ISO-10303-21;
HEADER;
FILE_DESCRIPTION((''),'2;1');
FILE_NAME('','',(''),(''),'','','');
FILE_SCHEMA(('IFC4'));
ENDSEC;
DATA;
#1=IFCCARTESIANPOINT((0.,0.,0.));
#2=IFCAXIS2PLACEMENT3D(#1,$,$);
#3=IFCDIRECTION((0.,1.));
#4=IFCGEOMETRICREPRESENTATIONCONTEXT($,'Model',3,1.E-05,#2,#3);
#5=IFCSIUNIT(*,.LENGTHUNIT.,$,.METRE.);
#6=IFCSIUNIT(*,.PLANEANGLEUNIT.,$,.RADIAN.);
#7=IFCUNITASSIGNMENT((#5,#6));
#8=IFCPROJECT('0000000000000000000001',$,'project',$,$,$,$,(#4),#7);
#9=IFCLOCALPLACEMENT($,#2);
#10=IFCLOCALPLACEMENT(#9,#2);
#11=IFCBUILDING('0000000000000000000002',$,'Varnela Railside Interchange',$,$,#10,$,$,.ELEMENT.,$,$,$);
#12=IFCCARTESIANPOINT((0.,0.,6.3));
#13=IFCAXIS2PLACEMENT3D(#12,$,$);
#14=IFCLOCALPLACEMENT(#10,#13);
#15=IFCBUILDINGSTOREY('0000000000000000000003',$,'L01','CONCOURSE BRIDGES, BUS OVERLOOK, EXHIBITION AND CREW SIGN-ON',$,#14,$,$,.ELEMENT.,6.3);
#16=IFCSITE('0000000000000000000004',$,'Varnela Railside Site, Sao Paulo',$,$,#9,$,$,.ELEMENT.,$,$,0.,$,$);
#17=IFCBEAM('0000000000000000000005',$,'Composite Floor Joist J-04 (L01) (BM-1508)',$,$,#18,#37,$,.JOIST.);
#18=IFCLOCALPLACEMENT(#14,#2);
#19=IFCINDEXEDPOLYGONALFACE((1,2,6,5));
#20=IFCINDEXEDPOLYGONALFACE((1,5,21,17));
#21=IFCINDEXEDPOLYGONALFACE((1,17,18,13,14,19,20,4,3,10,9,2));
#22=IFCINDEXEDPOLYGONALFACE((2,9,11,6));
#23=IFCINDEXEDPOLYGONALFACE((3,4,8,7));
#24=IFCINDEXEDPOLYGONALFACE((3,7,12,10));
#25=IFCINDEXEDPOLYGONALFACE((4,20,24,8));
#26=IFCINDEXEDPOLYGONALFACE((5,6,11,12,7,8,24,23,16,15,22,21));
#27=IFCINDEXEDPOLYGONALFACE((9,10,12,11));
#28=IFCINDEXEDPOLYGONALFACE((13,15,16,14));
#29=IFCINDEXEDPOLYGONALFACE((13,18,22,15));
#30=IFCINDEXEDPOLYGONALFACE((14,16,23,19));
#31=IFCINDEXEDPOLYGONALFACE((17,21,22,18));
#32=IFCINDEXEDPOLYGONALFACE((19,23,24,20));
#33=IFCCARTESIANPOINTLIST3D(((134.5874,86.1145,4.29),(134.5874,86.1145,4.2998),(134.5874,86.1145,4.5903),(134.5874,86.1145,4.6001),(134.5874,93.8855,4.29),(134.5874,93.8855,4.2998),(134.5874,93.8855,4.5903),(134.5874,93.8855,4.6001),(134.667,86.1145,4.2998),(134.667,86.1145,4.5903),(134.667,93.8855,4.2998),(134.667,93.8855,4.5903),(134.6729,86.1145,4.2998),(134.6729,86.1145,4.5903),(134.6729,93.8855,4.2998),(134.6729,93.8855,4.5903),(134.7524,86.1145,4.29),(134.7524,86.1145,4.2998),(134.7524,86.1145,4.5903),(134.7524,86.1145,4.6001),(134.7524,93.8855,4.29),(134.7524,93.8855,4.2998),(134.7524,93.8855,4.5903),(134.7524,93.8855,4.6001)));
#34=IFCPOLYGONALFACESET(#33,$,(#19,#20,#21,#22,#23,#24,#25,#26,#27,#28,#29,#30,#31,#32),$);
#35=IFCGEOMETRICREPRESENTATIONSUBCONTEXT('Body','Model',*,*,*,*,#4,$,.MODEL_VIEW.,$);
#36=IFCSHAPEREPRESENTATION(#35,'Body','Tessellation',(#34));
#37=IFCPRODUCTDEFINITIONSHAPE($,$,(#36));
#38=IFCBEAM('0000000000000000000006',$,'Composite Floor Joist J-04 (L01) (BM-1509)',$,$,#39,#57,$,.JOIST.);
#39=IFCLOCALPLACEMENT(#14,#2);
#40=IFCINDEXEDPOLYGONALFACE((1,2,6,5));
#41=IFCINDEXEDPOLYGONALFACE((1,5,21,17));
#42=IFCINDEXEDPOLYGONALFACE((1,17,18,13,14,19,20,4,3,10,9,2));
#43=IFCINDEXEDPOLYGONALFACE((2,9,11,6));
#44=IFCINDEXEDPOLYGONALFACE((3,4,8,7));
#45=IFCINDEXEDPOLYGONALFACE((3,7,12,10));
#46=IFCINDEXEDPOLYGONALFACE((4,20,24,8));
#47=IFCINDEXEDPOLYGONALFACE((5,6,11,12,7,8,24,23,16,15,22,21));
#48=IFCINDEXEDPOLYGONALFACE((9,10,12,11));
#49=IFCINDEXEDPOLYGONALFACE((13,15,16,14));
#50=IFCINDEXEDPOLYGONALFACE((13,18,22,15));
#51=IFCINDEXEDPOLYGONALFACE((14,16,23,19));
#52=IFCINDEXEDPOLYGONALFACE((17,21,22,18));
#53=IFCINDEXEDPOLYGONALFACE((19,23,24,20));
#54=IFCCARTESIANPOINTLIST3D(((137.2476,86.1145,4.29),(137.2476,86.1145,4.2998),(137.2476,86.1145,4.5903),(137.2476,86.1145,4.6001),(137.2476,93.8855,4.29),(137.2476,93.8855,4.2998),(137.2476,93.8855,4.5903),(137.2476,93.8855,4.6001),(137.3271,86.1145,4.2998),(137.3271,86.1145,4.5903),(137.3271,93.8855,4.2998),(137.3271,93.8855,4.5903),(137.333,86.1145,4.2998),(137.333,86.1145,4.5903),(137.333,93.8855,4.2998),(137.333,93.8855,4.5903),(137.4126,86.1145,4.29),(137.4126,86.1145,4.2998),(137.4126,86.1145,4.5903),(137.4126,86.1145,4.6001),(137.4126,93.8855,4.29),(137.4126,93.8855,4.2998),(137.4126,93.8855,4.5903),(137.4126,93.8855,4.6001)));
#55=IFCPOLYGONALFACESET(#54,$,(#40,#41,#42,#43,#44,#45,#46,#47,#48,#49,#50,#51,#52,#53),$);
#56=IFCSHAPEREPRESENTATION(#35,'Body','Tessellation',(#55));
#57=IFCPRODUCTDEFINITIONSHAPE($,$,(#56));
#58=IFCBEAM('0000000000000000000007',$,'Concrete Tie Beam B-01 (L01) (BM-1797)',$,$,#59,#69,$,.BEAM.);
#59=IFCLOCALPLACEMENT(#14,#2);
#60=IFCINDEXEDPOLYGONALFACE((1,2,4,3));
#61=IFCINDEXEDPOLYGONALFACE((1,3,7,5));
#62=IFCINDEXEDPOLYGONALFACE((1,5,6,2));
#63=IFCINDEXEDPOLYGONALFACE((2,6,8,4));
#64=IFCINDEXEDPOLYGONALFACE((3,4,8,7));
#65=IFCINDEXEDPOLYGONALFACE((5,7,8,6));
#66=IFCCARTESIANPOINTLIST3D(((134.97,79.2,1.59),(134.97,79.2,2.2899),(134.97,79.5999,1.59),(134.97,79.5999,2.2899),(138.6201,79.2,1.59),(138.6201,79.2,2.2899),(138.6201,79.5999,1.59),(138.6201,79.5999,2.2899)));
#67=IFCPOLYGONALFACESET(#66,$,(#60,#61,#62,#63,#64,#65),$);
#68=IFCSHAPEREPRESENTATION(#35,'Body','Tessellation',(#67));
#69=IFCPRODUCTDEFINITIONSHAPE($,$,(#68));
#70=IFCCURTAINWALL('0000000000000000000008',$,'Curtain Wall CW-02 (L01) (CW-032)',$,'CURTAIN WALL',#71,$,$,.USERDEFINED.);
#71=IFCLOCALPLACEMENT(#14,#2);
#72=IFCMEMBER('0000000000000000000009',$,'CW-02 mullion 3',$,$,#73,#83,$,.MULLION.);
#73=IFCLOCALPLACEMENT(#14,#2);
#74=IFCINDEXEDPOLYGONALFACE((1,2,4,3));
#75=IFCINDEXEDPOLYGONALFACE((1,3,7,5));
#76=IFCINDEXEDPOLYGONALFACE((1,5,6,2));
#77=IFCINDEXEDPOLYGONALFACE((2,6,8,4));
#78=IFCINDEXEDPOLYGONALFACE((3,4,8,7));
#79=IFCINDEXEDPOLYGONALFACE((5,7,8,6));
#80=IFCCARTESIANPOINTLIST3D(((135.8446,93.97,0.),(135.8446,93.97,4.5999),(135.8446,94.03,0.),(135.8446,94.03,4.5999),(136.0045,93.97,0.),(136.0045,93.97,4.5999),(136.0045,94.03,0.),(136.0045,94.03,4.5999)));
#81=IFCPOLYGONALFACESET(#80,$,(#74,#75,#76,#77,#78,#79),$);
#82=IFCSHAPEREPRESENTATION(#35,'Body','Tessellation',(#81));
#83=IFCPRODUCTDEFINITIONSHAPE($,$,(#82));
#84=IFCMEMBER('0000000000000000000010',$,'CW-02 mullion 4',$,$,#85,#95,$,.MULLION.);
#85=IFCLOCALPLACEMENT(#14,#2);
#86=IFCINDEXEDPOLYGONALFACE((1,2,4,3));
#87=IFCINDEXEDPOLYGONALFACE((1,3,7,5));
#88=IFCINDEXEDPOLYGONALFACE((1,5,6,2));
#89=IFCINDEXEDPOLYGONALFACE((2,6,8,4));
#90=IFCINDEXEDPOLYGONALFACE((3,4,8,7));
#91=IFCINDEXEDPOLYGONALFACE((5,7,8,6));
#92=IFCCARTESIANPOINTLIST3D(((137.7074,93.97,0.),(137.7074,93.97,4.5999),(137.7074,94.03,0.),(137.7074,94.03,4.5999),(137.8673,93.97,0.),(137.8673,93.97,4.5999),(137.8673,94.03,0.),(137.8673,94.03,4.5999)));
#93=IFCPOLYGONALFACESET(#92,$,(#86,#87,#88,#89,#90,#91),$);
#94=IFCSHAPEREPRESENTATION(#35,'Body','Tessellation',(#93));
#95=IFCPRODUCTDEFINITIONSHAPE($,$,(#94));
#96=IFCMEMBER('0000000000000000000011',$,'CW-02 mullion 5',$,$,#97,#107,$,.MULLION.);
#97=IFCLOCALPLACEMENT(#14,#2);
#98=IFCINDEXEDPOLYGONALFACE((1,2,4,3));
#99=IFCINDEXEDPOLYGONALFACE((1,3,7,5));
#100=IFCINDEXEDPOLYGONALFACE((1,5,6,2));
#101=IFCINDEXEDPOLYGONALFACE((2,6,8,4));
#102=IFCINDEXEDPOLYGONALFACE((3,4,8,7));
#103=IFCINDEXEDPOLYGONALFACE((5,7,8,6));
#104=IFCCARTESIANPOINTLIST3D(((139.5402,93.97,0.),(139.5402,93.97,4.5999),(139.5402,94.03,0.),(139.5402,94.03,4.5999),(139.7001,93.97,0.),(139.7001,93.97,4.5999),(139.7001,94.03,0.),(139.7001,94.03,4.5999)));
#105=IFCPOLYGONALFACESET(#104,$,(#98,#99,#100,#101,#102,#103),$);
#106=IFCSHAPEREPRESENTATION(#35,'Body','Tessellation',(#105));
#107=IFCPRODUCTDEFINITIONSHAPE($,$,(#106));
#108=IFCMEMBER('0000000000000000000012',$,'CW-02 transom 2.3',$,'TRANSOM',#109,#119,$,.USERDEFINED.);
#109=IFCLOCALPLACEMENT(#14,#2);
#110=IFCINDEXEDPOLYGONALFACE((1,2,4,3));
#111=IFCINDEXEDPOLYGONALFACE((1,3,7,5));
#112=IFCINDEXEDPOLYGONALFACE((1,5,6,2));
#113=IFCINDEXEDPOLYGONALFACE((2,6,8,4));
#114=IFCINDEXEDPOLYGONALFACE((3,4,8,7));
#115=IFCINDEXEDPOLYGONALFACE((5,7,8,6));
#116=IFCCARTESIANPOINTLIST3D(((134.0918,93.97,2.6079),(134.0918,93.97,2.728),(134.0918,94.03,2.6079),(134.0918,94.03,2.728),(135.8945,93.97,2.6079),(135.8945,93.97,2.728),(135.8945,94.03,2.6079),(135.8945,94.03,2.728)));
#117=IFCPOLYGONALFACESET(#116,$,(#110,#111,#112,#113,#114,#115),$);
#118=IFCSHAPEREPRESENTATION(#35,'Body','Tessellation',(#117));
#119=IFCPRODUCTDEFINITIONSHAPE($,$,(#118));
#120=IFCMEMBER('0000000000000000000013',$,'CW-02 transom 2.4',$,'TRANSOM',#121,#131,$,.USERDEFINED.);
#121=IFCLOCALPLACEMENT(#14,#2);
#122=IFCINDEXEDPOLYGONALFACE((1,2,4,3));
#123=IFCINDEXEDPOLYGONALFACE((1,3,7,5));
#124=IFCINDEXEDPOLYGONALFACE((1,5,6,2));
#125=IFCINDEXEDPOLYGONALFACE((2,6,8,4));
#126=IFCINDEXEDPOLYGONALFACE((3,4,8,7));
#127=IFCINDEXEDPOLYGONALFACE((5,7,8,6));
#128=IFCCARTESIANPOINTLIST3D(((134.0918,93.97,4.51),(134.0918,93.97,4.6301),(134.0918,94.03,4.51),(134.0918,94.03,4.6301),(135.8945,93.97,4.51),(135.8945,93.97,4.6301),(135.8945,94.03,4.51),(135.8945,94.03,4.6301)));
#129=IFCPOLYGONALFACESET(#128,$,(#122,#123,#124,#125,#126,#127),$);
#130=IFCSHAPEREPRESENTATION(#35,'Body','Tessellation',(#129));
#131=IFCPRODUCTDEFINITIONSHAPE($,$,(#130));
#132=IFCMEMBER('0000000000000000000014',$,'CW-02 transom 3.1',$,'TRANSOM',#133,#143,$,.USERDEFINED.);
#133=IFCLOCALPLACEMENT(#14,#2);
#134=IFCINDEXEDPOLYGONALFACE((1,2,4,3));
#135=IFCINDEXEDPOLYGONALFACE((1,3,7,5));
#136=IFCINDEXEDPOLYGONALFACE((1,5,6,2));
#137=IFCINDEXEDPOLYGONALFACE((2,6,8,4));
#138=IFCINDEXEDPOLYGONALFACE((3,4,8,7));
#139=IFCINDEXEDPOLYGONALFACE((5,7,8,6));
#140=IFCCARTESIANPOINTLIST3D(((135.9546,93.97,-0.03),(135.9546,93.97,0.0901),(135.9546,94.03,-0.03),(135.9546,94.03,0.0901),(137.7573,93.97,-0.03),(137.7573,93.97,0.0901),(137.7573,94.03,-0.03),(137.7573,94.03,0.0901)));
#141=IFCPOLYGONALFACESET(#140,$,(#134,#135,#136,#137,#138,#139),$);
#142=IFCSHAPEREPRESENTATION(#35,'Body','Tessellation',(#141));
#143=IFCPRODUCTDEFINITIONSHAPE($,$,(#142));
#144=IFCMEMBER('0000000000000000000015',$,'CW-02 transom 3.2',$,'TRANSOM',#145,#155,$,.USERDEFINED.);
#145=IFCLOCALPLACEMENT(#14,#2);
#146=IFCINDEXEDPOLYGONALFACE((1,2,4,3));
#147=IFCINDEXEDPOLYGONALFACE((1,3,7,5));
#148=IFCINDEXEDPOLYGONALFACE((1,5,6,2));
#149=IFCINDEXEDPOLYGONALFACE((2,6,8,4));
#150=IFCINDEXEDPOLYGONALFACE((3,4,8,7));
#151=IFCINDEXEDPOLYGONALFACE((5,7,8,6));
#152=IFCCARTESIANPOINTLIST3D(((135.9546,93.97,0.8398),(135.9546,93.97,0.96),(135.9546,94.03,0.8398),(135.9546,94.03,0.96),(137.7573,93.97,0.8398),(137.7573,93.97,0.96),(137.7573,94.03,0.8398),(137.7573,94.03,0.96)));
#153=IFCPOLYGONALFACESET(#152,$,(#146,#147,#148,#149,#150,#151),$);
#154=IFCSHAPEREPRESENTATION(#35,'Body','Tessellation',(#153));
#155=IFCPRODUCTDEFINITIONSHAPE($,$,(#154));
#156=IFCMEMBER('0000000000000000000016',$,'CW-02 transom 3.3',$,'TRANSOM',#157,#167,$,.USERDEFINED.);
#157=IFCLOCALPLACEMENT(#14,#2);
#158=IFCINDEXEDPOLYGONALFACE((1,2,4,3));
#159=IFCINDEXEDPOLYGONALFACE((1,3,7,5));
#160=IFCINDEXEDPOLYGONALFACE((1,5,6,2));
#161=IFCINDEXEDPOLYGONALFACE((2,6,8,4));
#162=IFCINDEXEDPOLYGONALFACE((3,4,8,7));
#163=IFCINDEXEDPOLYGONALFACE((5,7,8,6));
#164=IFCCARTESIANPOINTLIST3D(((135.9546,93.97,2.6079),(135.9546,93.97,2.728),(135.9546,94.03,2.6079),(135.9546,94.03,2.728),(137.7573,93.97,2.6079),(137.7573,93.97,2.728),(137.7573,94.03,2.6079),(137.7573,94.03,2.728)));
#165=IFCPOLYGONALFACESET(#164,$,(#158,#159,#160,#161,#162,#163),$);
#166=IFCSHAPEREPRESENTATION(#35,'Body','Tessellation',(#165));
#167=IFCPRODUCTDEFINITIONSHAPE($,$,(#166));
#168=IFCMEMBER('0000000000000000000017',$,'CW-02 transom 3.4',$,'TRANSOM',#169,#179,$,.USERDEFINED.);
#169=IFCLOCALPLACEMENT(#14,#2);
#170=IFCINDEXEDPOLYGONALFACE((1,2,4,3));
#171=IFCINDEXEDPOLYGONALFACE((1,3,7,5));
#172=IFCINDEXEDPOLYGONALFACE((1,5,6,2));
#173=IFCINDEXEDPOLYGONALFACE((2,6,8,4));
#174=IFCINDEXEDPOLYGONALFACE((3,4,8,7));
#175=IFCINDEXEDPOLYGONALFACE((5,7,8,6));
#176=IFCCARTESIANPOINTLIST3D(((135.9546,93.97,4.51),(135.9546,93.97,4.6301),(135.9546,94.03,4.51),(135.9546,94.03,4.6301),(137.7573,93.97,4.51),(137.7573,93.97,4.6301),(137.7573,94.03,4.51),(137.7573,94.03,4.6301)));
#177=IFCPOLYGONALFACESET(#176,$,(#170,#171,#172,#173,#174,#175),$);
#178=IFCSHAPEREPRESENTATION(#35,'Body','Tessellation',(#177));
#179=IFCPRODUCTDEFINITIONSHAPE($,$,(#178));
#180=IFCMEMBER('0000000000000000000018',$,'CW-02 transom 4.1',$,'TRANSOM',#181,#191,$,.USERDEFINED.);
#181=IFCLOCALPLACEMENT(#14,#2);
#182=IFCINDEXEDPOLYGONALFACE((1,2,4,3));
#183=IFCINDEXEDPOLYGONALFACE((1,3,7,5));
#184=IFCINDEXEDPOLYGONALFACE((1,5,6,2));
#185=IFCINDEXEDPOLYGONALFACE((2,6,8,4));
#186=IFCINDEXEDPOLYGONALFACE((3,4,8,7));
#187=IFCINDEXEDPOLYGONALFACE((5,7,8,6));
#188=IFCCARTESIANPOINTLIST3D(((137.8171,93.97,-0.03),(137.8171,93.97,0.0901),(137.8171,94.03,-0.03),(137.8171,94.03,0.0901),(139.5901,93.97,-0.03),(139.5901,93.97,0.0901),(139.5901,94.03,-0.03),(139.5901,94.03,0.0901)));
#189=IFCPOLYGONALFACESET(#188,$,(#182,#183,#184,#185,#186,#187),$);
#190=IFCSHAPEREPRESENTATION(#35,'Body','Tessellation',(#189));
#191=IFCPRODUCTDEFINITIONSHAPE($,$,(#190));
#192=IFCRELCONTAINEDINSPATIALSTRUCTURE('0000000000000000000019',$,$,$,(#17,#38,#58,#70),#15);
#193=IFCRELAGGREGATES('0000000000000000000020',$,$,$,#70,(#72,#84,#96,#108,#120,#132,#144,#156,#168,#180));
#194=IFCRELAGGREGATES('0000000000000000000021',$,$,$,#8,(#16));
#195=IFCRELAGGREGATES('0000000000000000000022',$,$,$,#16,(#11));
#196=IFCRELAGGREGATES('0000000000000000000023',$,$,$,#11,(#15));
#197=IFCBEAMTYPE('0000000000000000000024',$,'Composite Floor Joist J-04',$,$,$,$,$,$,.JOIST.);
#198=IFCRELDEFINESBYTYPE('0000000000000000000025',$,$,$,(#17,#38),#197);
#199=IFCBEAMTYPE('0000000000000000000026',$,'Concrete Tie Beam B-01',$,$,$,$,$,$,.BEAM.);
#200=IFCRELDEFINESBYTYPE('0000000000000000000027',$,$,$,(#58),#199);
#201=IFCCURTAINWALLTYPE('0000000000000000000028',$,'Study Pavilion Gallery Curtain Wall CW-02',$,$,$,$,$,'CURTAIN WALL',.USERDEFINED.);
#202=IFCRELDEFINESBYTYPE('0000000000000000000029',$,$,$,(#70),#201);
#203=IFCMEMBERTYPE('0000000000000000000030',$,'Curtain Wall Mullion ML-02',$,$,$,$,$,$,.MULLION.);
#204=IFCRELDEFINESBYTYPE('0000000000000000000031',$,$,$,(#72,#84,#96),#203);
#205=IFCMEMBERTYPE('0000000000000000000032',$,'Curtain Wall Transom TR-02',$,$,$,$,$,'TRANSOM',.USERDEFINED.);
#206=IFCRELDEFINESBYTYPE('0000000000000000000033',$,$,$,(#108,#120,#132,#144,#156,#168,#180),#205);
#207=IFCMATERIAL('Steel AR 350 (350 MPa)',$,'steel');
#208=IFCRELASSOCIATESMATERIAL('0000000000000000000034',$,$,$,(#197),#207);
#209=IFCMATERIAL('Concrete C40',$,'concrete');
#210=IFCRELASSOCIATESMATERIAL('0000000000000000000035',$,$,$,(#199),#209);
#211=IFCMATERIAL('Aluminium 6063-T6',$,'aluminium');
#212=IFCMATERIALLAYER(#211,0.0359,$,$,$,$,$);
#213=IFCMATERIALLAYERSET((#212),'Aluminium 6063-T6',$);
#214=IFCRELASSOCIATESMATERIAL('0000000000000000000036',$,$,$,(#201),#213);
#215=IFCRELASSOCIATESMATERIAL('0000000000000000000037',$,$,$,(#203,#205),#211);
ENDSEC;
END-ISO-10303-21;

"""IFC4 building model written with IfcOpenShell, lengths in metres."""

from ifc_helpers import new_model, si_unit, direction, frame, origin, origin_2d, place, context, subcontext, project, spatial, rectangle, i_section, extrude, material, layer, layer_set, material_profile, profile_set, type_object, element, aggregate, save


model = new_model("IFC4")

# Units and contexts
model_context = context("Model", 3, precision=1e-05, world=origin(), true_north=direction((0.0, 1.0)))
body_context = subcontext(model_context, "Body", "Model", "MODEL_VIEW")
ifc_project = project(units=[si_unit("LENGTHUNIT", "METRE"), si_unit("PLANEANGLEUNIT", "RADIAN")], contexts=[model_context])

# Site, building, storey
site_placement = place(None, origin())
site = spatial("IfcSite", under=ifc_project, at=site_placement, Name="Varnela Railside Site, Sao Paulo", CompositionType="ELEMENT", RefElevation=0.0)
building_placement = place(site_placement, origin())
building = spatial("IfcBuilding", under=site, at=building_placement, Name="Varnela Railside Interchange", CompositionType="ELEMENT")
storey_placement = place(building_placement, frame((0.0, 0.0, 6.3)))
storey = spatial("IfcBuildingStorey", under=building, at=storey_placement, Name="L01", Description="CONCOURSE BRIDGES, BUS OVERLOOK, EXHIBITION AND CREW SIGN-ON", CompositionType="ELEMENT", Elevation=6.3)

# Beams
ifc_material_1 = material(Name="Steel AR 350 (350 MPa)", Category="steel")
ifc_material_profile_1 = material_profile(ifc_material_1, i_section(OverallWidth=0.165, OverallDepth=0.3101, WebThickness=0.0059, FlangeThickness=0.0098, at=origin_2d()), Name="W310x38.7")
ifc_profile_set_1 = profile_set([ifc_material_profile_1], Name="Steel AR 350 (350 MPa)")
beam_type_1 = type_object("IfcBeamType", Name="Composite Floor Joist J-04", PredefinedType="JOIST", material=ifc_profile_set_1)
for number, where, z_axis, x_axis, name in (
    (1, (134.6699, 86.1145, 4.4451), (0.0, 1.0, 0.0), (-1.0, 0.0, 0.0), "Composite Floor Joist J-04 (L01) (BM-1508)"),
    (2, (137.3301, 86.1145, 4.4451), (0.0, 1.0, 0.0), (-1.0, 0.0, 0.0), "Composite Floor Joist J-04 (L01) (BM-1509)"),
):
    element("IfcBeam", number, at=place(storey_placement, frame(where, z_axis=z_axis, x_axis=x_axis)), inside=storey, type_object=beam_type_1, Name=name, PredefinedType="JOIST", context=body_context, shape_type="SweptSolid", body=[
        extrude(i_section(OverallWidth=0.165, OverallDepth=0.3101, WebThickness=0.0059, FlangeThickness=0.0098, at=origin_2d()), origin(), (0.0, 0.0, 1.0), 7.771),
    ])
ifc_material_2 = material(Name="Concrete C40", Category="concrete")
ifc_material_profile_2 = material_profile(ifc_material_2, rectangle(XDim=0.3999, YDim=0.7, at=origin_2d()), Name="RC 400x700")
ifc_profile_set_2 = profile_set([ifc_material_profile_2], Name="Concrete C40")
beam_type_2 = type_object("IfcBeamType", Name="Concrete Tie Beam B-01", PredefinedType="BEAM", material=ifc_profile_set_2)
beam_placement = place(storey_placement, frame((134.97, 79.3999, 1.9399), z_axis=(1.0, 0.0, 0.0), x_axis=(0.0, 1.0, 0.0)))
element("IfcBeam", 3, at=beam_placement, inside=storey, type_object=beam_type_2, Name="Concrete Tie Beam B-01 (L01) (BM-1797)", PredefinedType="BEAM", context=body_context, shape_type="SweptSolid", body=[
    extrude(rectangle(XDim=0.3999, YDim=0.7, at=origin_2d()), origin(), (0.0, 0.0, 1.0), 3.6501),
])

# Curtain wall, members
ifc_material_3 = material(Name="Aluminium 6063-T6", Category="aluminium")
ifc_layer_1 = layer(ifc_material_3, 0.0359)
ifc_layer_set_1 = layer_set([ifc_layer_1], Name="Aluminium 6063-T6")
curtain_wall_type = type_object("IfcCurtainWallType", Name="Study Pavilion Gallery Curtain Wall CW-02", ElementType="CURTAIN WALL", PredefinedType="USERDEFINED", material=ifc_layer_set_1)
curtain_wall_placement = place(storey_placement, origin())
curtain_wall = element("IfcCurtainWall", 4, at=curtain_wall_placement, inside=storey, type_object=curtain_wall_type, Name="Curtain Wall CW-02 (L01) (CW-032)", ObjectType="CURTAIN WALL", PredefinedType="USERDEFINED")
ifc_material_profile_3 = material_profile(ifc_material_3, rectangle(XDim=0.0601, YDim=0.1599, at=origin_2d()), Name="ALU 60x160")
ifc_profile_set_3 = profile_set([ifc_material_profile_3], Name="Aluminium 6063-T6")
member_type_1 = type_object("IfcMemberType", Name="Curtain Wall Mullion ML-02", PredefinedType="MULLION", material=ifc_profile_set_3)
member_1_placement = place(storey_placement, frame((135.9246, 94.0, 0.0), z_axis=(0.0, 0.0, 1.0), x_axis=(0.0, 1.0, 0.0)))
member_1 = element("IfcMember", 5, at=member_1_placement, type_object=member_type_1, Name="CW-02 mullion 3", PredefinedType="MULLION", context=body_context, shape_type="SweptSolid", body=[
    extrude(rectangle(XDim=0.0601, YDim=0.1599, at=origin_2d()), origin(), (0.0, 0.0, 1.0), 4.5999),
])
member_2_placement = place(storey_placement, frame((137.7874, 94.0, 0.0), z_axis=(0.0, 0.0, 1.0), x_axis=(0.0, 1.0, 0.0)))
member_2 = element("IfcMember", 6, at=member_2_placement, type_object=member_type_1, Name="CW-02 mullion 4", PredefinedType="MULLION", context=body_context, shape_type="SweptSolid", body=[
    extrude(rectangle(XDim=0.0601, YDim=0.1599, at=origin_2d()), origin(), (0.0, 0.0, 1.0), 4.5999),
])
member_3_placement = place(storey_placement, frame((139.6201, 94.0, 0.0), z_axis=(0.0, 0.0, 1.0), x_axis=(0.0, 1.0, 0.0)))
member_3 = element("IfcMember", 7, at=member_3_placement, type_object=member_type_1, Name="CW-02 mullion 5", PredefinedType="MULLION", context=body_context, shape_type="SweptSolid", body=[
    extrude(rectangle(XDim=0.0601, YDim=0.1599, at=origin_2d()), origin(), (0.0, 0.0, 1.0), 4.5999),
])
ifc_material_profile_4 = material_profile(ifc_material_3, rectangle(XDim=0.0601, YDim=0.1201, at=origin_2d()), Name="ALU 60x120")
ifc_profile_set_4 = profile_set([ifc_material_profile_4], Name="Aluminium 6063-T6")
member_type_2 = type_object("IfcMemberType", Name="Curtain Wall Transom TR-02", ElementType="TRANSOM", PredefinedType="USERDEFINED", material=ifc_profile_set_4)
member_4_placement = place(storey_placement, frame((134.0918, 94.0, 2.668), z_axis=(1.0, 0.0, 0.0), x_axis=(0.0, 1.0, 0.0)))
member_4 = element("IfcMember", 8, at=member_4_placement, type_object=member_type_2, Name="CW-02 transom 2.3", ObjectType="TRANSOM", PredefinedType="USERDEFINED", context=body_context, shape_type="SweptSolid", body=[
    extrude(rectangle(XDim=0.0601, YDim=0.1201, at=origin_2d()), origin(), (0.0, 0.0, 1.0), 1.8027),
])
member_5_placement = place(storey_placement, frame((134.0918, 94.0, 4.5701), z_axis=(1.0, 0.0, 0.0), x_axis=(0.0, 1.0, 0.0)))
member_5 = element("IfcMember", 9, at=member_5_placement, type_object=member_type_2, Name="CW-02 transom 2.4", ObjectType="TRANSOM", PredefinedType="USERDEFINED", context=body_context, shape_type="SweptSolid", body=[
    extrude(rectangle(XDim=0.0601, YDim=0.1201, at=origin_2d()), origin(), (0.0, 0.0, 1.0), 1.8027),
])
member_6_placement = place(storey_placement, frame((135.9546, 94.0, 0.03), z_axis=(1.0, 0.0, 0.0), x_axis=(0.0, 1.0, 0.0)))
member_6 = element("IfcMember", 10, at=member_6_placement, type_object=member_type_2, Name="CW-02 transom 3.1", ObjectType="TRANSOM", PredefinedType="USERDEFINED", context=body_context, shape_type="SweptSolid", body=[
    extrude(rectangle(XDim=0.0601, YDim=0.1201, at=origin_2d()), origin(), (0.0, 0.0, 1.0), 1.8027),
])
member_7_placement = place(storey_placement, frame((135.9546, 94.0, 0.8999), z_axis=(1.0, 0.0, 0.0), x_axis=(0.0, 1.0, 0.0)))
member_7 = element("IfcMember", 11, at=member_7_placement, type_object=member_type_2, Name="CW-02 transom 3.2", ObjectType="TRANSOM", PredefinedType="USERDEFINED", context=body_context, shape_type="SweptSolid", body=[
    extrude(rectangle(XDim=0.0601, YDim=0.1201, at=origin_2d()), origin(), (0.0, 0.0, 1.0), 1.8027),
])
member_8_placement = place(storey_placement, frame((135.9546, 94.0, 2.668), z_axis=(1.0, 0.0, 0.0), x_axis=(0.0, 1.0, 0.0)))
member_8 = element("IfcMember", 12, at=member_8_placement, type_object=member_type_2, Name="CW-02 transom 3.3", ObjectType="TRANSOM", PredefinedType="USERDEFINED", context=body_context, shape_type="SweptSolid", body=[
    extrude(rectangle(XDim=0.0601, YDim=0.1201, at=origin_2d()), origin(), (0.0, 0.0, 1.0), 1.8027),
])
member_9_placement = place(storey_placement, frame((135.9546, 94.0, 4.5701), z_axis=(1.0, 0.0, 0.0), x_axis=(0.0, 1.0, 0.0)))
member_9 = element("IfcMember", 13, at=member_9_placement, type_object=member_type_2, Name="CW-02 transom 3.4", ObjectType="TRANSOM", PredefinedType="USERDEFINED", context=body_context, shape_type="SweptSolid", body=[
    extrude(rectangle(XDim=0.0601, YDim=0.1201, at=origin_2d()), origin(), (0.0, 0.0, 1.0), 1.8027),
])
member_10_placement = place(storey_placement, frame((137.8171, 94.0, 0.03), z_axis=(1.0, 0.0, 0.0), x_axis=(0.0, 1.0, 0.0)))
member_10 = element("IfcMember", 14, at=member_10_placement, type_object=member_type_2, Name="CW-02 transom 4.1", ObjectType="TRANSOM", PredefinedType="USERDEFINED", context=body_context, shape_type="SweptSolid", body=[
    extrude(rectangle(XDim=0.0601, YDim=0.1201, at=origin_2d()), origin(), (0.0, 0.0, 1.0), 1.7729),
])
aggregate(curtain_wall, [member_1, member_2, member_3, member_4, member_5, member_6, member_7, member_8, member_9, member_10])

save(model, "model.ifc")
